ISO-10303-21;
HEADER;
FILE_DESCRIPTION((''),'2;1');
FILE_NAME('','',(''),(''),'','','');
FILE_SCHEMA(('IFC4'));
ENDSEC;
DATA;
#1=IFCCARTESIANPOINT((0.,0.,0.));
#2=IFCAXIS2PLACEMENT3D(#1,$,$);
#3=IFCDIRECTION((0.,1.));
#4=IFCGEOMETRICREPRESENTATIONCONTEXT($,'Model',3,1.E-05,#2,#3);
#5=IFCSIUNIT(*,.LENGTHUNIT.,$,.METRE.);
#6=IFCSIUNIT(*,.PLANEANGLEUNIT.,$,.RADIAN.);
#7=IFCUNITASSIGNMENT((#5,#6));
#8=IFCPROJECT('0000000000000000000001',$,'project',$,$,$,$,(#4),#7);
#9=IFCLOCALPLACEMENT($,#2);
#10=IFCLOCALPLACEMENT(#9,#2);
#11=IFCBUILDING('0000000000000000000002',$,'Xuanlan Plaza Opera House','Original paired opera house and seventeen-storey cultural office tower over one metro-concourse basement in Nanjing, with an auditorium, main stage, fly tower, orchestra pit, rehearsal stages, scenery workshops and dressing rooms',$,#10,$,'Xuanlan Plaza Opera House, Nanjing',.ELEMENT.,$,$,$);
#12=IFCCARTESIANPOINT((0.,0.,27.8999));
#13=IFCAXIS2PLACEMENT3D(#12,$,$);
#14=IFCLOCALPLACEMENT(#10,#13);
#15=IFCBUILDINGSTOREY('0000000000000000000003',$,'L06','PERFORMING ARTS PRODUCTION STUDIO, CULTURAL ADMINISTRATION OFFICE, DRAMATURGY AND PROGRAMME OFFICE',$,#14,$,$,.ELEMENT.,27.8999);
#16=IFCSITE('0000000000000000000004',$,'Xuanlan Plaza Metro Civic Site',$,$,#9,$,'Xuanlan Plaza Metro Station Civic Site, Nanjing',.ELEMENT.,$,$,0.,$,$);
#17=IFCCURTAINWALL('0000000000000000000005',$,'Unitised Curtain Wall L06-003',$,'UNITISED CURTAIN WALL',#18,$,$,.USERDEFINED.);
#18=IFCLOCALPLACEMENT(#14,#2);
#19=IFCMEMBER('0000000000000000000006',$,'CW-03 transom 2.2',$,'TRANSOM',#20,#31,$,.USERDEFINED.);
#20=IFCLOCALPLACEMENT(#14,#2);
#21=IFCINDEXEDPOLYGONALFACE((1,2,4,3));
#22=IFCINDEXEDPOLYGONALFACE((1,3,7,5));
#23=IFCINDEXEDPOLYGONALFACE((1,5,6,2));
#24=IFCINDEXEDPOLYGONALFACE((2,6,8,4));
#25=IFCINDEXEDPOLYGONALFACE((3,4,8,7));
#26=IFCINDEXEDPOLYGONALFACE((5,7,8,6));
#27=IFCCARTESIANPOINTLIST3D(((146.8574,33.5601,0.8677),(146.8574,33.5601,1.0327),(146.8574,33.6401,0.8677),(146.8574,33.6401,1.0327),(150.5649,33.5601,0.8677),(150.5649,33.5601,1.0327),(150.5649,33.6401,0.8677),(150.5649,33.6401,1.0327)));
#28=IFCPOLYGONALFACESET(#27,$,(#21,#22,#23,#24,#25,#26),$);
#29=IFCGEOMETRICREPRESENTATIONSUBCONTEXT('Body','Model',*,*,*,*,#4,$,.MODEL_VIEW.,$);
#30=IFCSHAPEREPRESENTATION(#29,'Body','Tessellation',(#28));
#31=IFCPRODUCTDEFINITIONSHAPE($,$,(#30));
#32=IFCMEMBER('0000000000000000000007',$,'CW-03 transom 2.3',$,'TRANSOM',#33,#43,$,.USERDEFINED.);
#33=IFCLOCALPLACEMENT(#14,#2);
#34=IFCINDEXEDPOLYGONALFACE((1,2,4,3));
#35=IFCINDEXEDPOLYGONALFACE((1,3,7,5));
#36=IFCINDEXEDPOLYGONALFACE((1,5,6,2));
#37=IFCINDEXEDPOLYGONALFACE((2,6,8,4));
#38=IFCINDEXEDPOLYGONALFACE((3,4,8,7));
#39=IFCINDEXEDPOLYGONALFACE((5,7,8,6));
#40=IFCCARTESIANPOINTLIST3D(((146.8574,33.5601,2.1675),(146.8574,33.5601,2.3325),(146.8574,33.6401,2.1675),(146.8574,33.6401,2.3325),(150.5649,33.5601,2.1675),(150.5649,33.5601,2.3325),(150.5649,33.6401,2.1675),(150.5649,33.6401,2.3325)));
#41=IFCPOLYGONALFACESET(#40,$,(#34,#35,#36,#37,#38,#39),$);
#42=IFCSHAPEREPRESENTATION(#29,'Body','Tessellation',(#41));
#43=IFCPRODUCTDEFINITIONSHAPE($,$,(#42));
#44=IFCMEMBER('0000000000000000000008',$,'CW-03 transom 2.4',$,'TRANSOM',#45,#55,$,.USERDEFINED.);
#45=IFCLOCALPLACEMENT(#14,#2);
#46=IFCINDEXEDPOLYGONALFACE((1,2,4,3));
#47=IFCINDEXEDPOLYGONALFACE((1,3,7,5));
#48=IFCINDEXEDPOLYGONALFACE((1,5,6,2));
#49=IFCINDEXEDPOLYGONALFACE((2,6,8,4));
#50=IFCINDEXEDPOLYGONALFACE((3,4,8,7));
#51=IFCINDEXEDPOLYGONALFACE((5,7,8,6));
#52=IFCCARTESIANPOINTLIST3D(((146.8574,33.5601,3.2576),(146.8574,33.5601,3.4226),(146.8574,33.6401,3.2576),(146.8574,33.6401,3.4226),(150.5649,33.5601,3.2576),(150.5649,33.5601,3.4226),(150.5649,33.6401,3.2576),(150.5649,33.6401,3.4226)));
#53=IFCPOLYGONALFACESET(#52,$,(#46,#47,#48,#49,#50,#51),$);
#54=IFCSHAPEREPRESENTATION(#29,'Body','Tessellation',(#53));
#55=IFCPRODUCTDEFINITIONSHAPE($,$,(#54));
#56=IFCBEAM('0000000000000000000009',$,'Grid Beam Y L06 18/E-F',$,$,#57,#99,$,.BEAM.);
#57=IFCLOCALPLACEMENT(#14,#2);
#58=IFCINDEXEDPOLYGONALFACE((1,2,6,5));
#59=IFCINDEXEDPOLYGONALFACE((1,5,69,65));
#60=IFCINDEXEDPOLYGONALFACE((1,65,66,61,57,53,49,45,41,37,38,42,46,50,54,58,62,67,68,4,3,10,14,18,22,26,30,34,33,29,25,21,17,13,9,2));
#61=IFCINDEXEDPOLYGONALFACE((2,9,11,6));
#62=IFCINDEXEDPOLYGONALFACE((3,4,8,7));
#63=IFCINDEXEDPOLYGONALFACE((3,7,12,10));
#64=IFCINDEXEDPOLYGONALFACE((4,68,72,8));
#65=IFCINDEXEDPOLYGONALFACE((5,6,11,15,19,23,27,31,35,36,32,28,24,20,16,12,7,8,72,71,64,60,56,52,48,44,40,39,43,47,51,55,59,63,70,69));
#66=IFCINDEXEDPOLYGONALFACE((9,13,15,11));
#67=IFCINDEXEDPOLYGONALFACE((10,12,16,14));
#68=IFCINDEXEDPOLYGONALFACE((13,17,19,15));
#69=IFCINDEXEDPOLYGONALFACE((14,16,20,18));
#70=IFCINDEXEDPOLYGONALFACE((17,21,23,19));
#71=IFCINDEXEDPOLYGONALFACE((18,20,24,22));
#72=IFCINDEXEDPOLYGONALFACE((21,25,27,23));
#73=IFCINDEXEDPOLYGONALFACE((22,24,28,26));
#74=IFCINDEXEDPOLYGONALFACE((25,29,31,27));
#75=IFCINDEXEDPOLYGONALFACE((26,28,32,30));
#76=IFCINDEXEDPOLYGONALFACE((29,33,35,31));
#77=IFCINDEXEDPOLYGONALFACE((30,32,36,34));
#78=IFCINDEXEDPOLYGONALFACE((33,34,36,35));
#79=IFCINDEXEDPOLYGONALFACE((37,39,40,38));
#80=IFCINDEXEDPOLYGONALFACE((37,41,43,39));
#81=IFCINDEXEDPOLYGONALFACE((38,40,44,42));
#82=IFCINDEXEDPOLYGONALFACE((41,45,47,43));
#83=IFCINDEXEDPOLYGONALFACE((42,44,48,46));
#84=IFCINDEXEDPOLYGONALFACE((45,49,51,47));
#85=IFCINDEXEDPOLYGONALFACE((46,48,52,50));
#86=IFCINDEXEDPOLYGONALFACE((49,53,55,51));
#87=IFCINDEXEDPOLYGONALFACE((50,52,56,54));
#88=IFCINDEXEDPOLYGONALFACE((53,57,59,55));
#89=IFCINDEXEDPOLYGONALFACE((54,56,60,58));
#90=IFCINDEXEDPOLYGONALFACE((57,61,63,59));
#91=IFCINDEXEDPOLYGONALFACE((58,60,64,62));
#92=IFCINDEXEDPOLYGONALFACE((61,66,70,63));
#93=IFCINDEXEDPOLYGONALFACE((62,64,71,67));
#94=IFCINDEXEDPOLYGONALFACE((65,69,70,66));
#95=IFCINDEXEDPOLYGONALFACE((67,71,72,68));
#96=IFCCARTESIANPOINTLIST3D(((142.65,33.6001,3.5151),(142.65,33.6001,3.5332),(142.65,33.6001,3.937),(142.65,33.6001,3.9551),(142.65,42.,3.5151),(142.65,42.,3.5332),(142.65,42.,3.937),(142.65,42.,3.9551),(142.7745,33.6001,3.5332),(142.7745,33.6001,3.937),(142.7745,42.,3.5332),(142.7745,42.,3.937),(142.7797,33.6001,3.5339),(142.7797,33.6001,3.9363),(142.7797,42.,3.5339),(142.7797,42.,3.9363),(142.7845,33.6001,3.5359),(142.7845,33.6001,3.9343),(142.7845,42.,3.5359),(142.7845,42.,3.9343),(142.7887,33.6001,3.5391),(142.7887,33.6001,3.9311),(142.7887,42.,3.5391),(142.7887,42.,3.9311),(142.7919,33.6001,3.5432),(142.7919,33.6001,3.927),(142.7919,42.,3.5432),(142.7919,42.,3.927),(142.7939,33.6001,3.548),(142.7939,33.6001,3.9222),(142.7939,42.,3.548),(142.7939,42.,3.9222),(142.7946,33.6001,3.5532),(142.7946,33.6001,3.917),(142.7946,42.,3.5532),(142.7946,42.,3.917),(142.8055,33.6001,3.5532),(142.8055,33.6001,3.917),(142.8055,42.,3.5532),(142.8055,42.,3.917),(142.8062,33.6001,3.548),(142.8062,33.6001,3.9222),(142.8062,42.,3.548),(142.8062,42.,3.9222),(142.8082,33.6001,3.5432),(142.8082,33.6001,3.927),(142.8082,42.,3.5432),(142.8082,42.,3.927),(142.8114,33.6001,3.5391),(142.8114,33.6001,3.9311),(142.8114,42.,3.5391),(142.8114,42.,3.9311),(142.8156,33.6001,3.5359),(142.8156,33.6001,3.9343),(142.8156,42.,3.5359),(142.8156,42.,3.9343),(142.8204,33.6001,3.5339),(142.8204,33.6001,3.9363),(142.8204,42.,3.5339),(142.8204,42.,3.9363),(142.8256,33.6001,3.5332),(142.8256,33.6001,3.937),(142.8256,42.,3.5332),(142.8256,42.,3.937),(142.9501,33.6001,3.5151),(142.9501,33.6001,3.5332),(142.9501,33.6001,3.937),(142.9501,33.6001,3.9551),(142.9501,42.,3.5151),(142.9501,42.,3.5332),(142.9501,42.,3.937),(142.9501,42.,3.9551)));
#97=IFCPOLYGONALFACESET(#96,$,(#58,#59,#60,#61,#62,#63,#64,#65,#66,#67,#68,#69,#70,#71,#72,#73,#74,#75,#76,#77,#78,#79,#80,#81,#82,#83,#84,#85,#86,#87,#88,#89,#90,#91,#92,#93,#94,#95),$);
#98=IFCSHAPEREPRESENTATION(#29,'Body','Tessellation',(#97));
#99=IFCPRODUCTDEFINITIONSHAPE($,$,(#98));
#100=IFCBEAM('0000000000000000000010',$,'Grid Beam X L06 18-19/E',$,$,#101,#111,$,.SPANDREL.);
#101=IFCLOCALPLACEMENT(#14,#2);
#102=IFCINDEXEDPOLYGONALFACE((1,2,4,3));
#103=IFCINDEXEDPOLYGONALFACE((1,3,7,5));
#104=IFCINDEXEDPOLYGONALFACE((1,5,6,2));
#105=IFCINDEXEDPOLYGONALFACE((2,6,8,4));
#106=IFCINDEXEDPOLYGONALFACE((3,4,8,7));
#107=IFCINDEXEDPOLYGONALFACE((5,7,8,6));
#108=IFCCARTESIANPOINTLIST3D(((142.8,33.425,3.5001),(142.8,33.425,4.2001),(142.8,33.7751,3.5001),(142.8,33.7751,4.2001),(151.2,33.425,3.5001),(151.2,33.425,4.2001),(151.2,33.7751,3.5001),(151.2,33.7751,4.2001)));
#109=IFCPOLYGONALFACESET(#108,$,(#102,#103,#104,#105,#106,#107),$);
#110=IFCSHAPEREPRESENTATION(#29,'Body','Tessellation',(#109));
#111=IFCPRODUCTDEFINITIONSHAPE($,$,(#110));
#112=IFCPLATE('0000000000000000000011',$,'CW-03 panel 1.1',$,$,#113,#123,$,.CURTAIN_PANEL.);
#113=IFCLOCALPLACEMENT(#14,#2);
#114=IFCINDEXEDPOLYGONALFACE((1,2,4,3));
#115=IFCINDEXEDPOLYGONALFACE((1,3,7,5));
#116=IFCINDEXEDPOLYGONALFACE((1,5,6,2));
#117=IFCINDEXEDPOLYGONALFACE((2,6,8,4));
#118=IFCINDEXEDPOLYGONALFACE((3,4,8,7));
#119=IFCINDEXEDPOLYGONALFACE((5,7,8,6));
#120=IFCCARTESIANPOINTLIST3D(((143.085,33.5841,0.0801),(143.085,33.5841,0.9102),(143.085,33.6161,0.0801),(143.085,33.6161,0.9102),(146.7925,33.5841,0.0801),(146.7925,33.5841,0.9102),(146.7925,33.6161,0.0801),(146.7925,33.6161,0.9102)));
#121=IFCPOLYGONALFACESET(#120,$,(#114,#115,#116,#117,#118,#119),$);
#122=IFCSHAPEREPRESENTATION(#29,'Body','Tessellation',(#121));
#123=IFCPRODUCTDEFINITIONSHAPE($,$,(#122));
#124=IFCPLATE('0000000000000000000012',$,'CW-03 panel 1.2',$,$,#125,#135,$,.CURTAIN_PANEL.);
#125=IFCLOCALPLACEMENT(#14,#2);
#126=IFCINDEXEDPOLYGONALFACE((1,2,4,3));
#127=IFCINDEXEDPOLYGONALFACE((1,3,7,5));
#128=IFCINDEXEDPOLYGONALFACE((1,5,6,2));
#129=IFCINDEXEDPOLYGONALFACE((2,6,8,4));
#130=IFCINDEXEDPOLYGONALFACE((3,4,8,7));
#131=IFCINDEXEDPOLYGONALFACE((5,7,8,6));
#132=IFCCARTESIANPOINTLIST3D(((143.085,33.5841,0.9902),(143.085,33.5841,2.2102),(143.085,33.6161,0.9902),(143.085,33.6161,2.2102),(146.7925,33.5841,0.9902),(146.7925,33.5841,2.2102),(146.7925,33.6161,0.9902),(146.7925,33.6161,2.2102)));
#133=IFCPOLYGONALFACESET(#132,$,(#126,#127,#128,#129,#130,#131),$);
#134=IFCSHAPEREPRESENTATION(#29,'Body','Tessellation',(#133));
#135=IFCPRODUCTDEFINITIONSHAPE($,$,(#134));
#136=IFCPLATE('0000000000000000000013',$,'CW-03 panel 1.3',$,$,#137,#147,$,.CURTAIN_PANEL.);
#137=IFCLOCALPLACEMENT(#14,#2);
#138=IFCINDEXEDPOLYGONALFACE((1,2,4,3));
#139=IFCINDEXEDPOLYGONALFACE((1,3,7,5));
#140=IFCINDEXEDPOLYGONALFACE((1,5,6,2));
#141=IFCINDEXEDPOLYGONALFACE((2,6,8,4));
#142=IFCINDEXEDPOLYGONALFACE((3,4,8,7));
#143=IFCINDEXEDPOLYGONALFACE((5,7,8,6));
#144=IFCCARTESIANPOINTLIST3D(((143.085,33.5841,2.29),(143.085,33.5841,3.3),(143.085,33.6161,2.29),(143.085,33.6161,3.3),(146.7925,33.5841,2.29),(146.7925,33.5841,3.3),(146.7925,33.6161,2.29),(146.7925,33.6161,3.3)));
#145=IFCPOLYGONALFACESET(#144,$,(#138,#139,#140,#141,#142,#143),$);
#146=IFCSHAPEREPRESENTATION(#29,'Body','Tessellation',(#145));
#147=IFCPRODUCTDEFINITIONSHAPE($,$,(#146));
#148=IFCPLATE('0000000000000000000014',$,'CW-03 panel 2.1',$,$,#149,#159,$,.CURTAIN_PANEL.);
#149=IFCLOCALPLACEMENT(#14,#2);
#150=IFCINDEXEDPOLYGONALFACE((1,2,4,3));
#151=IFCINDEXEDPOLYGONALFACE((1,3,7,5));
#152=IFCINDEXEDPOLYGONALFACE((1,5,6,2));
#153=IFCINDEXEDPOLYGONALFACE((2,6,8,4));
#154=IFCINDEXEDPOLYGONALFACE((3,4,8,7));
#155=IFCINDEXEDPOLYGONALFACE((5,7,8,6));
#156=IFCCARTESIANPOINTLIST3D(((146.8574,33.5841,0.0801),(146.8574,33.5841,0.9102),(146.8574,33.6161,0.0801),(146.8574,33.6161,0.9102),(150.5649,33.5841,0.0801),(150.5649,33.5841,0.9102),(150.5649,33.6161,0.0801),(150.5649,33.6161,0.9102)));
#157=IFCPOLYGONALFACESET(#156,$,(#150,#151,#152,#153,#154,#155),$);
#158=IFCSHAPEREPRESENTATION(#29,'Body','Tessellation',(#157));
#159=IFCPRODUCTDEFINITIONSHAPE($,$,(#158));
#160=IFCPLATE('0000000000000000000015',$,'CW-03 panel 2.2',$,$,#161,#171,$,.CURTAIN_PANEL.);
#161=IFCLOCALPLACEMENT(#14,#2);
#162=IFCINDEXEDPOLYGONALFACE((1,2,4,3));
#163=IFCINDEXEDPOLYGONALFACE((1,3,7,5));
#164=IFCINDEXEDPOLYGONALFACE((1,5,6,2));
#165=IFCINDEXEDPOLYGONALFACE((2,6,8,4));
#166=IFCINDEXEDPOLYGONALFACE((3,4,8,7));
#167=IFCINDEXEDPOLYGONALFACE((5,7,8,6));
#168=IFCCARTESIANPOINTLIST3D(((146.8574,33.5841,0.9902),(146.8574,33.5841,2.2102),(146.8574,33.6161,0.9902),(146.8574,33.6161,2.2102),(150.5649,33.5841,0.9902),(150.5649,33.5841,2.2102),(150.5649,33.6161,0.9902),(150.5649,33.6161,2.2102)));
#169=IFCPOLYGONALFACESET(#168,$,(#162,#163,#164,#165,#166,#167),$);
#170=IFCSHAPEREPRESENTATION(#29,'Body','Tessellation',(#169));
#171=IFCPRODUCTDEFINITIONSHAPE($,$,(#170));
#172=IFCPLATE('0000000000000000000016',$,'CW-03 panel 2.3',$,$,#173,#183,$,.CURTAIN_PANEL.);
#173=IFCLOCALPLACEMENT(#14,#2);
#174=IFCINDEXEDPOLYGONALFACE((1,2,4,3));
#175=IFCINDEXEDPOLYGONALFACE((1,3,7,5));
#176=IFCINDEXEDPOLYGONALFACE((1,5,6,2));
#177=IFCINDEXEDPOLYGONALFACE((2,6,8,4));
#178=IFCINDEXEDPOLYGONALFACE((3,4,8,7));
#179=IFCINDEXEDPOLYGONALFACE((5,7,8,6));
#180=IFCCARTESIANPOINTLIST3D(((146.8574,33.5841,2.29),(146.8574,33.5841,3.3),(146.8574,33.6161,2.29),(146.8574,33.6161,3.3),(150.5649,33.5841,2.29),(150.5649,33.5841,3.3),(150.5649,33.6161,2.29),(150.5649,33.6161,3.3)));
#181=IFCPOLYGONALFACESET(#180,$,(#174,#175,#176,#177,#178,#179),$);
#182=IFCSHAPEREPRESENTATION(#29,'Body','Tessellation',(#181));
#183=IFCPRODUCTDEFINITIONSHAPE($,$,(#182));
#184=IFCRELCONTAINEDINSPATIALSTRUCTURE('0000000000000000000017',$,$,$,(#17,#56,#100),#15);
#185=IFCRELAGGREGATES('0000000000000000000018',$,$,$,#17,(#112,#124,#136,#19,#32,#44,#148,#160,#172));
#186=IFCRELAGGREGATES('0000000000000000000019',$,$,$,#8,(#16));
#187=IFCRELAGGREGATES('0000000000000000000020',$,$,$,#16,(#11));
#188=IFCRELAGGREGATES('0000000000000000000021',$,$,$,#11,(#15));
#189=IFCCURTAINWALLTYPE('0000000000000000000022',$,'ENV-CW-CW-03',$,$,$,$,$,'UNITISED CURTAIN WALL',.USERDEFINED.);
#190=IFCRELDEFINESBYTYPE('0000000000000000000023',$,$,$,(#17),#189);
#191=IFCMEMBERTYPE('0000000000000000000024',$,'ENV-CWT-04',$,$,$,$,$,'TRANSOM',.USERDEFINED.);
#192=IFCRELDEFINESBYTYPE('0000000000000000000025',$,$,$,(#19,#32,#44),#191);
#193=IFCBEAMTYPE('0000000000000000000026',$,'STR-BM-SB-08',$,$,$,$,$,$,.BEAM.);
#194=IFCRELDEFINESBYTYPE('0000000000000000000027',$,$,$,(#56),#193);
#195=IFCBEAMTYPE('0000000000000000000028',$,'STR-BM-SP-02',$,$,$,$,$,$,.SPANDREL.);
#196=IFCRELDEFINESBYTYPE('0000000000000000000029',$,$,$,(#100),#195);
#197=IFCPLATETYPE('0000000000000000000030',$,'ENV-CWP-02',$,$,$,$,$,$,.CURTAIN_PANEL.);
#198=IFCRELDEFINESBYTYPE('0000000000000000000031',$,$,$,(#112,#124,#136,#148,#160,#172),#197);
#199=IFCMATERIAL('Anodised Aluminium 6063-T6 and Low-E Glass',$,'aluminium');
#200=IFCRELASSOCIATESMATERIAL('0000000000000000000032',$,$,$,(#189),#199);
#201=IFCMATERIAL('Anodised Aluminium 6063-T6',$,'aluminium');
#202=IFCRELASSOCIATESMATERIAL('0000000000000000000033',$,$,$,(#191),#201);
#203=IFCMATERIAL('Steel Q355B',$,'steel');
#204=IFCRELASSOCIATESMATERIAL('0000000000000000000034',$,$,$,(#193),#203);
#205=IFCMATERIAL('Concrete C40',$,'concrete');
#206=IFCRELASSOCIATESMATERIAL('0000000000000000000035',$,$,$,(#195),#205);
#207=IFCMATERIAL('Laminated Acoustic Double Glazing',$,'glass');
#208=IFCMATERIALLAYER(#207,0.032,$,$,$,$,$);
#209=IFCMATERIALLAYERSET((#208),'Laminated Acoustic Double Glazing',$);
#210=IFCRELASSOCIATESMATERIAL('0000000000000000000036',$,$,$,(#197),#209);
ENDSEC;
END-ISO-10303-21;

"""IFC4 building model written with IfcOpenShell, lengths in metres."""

from ifc_helpers import new_model, si_unit, direction, frame, origin, origin_2d, place, context, subcontext, project, spatial, rectangle, i_section, extrude, material, layer, layer_set, material_profile, profile_set, type_object, element, aggregate, save


model = new_model("IFC4")

# Units and contexts
model_context = context("Model", 3, precision=1e-05, world=origin(), true_north=direction((0.0, 1.0)))
body_context = subcontext(model_context, "Body", "Model", "MODEL_VIEW")
ifc_project = project(units=[si_unit("LENGTHUNIT", "METRE"), si_unit("PLANEANGLEUNIT", "RADIAN")], contexts=[model_context])

# Site, building, storey
site_placement = place(None, origin())
site = spatial("IfcSite", under=ifc_project, at=site_placement, Name="Xuanlan Plaza Metro Civic Site", LongName="Xuanlan Plaza Metro Station Civic Site, Nanjing", CompositionType="ELEMENT", RefElevation=0.0)
building_placement = place(site_placement, origin())
building = spatial("IfcBuilding", under=site, at=building_placement, Name="Xuanlan Plaza Opera House", Description="Original paired opera house and seventeen-storey cultural office tower over one metro-concourse basement in Nanjing, with an auditorium, main stage, fly tower, orchestra pit, rehearsal stages, scenery workshops and dressing rooms", LongName="Xuanlan Plaza Opera House, Nanjing", CompositionType="ELEMENT")
storey_placement = place(building_placement, frame((0.0, 0.0, 27.8999)))
storey = spatial("IfcBuildingStorey", under=building, at=storey_placement, Name="L06", Description="PERFORMING ARTS PRODUCTION STUDIO, CULTURAL ADMINISTRATION OFFICE, DRAMATURGY AND PROGRAMME OFFICE", CompositionType="ELEMENT", Elevation=27.8999)

# Shared definitions
ifc_material_1 = material(Name="Steel Q355B", Category="steel")

# Curtain wall
ifc_material_2 = material(Name="Anodised Aluminium 6063-T6 and Low-E Glass", Category="aluminium")
curtain_wall_type_1 = type_object("IfcCurtainWallType", Name="ENV-CW-CW-03", ElementType="UNITISED CURTAIN WALL", PredefinedType="USERDEFINED", material=ifc_material_2)
curtain_wall_1_placement = place(storey_placement, origin())
curtain_wall_1 = element("IfcCurtainWall", 1, at=curtain_wall_1_placement, inside=storey, type_object=curtain_wall_type_1, Name="Unitised Curtain Wall L06-003", ObjectType="UNITISED CURTAIN WALL", PredefinedType="USERDEFINED")
ifc_material_3 = material(Name="Anodised Aluminium 6063-T6", Category="aluminium")

# Members
ifc_material_profile_1 = material_profile(ifc_material_3, rectangle(XDim=0.0801, YDim=0.165, at=origin_2d()), Name="ALU-T 80x165")
ifc_profile_set_1 = profile_set([ifc_material_profile_1], Name="Anodised Aluminium 6063-T6")
member_type_1 = type_object("IfcMemberType", Name="ENV-CWT-04", ElementType="TRANSOM", PredefinedType="USERDEFINED", material=ifc_profile_set_1)
member_1_placement = place(storey_placement, frame((146.8574, 33.6001, 0.9502), z_axis=(1.0, 0.0, 0.0), x_axis=(0.0, 1.0, 0.0)))
member_1 = element("IfcMember", 2, at=member_1_placement, type_object=member_type_1, Name="CW-03 transom 2.2", ObjectType="TRANSOM", PredefinedType="USERDEFINED", context=body_context, shape_type="SweptSolid", body=[
    extrude(rectangle(XDim=0.0801, YDim=0.165, at=origin_2d()), origin(), (0.0, 0.0, 1.0), 3.7075),
])
member_2_placement = place(storey_placement, frame((146.8574, 33.6001, 2.25), z_axis=(1.0, 0.0, 0.0), x_axis=(0.0, 1.0, 0.0)))
member_2 = element("IfcMember", 3, at=member_2_placement, type_object=member_type_1, Name="CW-03 transom 2.3", ObjectType="TRANSOM", PredefinedType="USERDEFINED", context=body_context, shape_type="SweptSolid", body=[
    extrude(rectangle(XDim=0.0801, YDim=0.165, at=origin_2d()), origin(), (0.0, 0.0, 1.0), 3.7075),
])
member_3_placement = place(storey_placement, frame((146.8574, 33.6001, 3.3401), z_axis=(1.0, 0.0, 0.0), x_axis=(0.0, 1.0, 0.0)))
member_3 = element("IfcMember", 4, at=member_3_placement, type_object=member_type_1, Name="CW-03 transom 2.4", ObjectType="TRANSOM", PredefinedType="USERDEFINED", context=body_context, shape_type="SweptSolid", body=[
    extrude(rectangle(XDim=0.0801, YDim=0.165, at=origin_2d()), origin(), (0.0, 0.0, 1.0), 3.7075),
])

# Beams
ifc_material_profile_2 = material_profile(ifc_material_1, i_section(OverallWidth=0.3, OverallDepth=0.4399, WebThickness=0.011, FlangeThickness=0.0181, FilletRadius=0.02, at=origin_2d()), Name="HM 440x300x11x18")
ifc_profile_set_2 = profile_set([ifc_material_profile_2], Name="Steel Q355B")
beam_type_1 = type_object("IfcBeamType", Name="STR-BM-SB-08", PredefinedType="BEAM", material=ifc_profile_set_2)
beam_1_placement = place(storey_placement, frame((142.8, 33.6001, 3.7351), z_axis=(0.0, 1.0, 0.0), x_axis=(-1.0, 0.0, 0.0)))
element("IfcBeam", 5, at=beam_1_placement, inside=storey, type_object=beam_type_1, Name="Grid Beam Y L06 18/E-F", PredefinedType="BEAM", context=body_context, shape_type="SweptSolid", body=[
    extrude(i_section(OverallWidth=0.3, OverallDepth=0.4399, WebThickness=0.011, FlangeThickness=0.0181, FilletRadius=0.02, at=origin_2d()), origin(), (0.0, 0.0, 1.0), 8.3999),
])
ifc_material_4 = material(Name="Concrete C40", Category="concrete")
ifc_material_profile_3 = material_profile(ifc_material_4, rectangle(XDim=0.3501, YDim=0.7, at=origin_2d()), Name="RC-SPD 350x700")
ifc_profile_set_3 = profile_set([ifc_material_profile_3], Name="Concrete C40")
beam_type_2 = type_object("IfcBeamType", Name="STR-BM-SP-02", PredefinedType="SPANDREL", material=ifc_profile_set_3)
beam_2_placement = place(storey_placement, frame((142.8, 33.6001, 3.8501), z_axis=(1.0, 0.0, 0.0), x_axis=(0.0, 1.0, 0.0)))
element("IfcBeam", 6, at=beam_2_placement, inside=storey, type_object=beam_type_2, Name="Grid Beam X L06 18-19/E", PredefinedType="SPANDREL", context=body_context, shape_type="SweptSolid", body=[
    extrude(rectangle(XDim=0.3501, YDim=0.7, at=origin_2d()), origin(), (0.0, 0.0, 1.0), 8.3999),
])

# Plates
ifc_material_5 = material(Name="Laminated Acoustic Double Glazing", Category="glass")
ifc_layer_1 = layer(ifc_material_5, 0.032)
ifc_layer_set_1 = layer_set([ifc_layer_1], Name="Laminated Acoustic Double Glazing")
plate_type_1 = type_object("IfcPlateType", Name="ENV-CWP-02", PredefinedType="CURTAIN_PANEL", material=ifc_layer_set_1)
plate_1_placement = place(storey_placement, frame((144.9387, 33.6001, 0.0801), z_axis=(0.0, 0.0, 1.0), x_axis=(1.0, 0.0, 0.0)))
plate_1 = element("IfcPlate", 7, at=plate_1_placement, type_object=plate_type_1, Name="CW-03 panel 1.1", PredefinedType="CURTAIN_PANEL", context=body_context, shape_type="SweptSolid", body=[
    extrude(rectangle(XDim=3.7075, YDim=0.032, at=origin_2d()), origin(), (0.0, 0.0, 1.0), 0.8301),
])
plate_2_placement = place(storey_placement, frame((144.9387, 33.6001, 0.9902), z_axis=(0.0, 0.0, 1.0), x_axis=(1.0, 0.0, 0.0)))
plate_2 = element("IfcPlate", 8, at=plate_2_placement, type_object=plate_type_1, Name="CW-03 panel 1.2", PredefinedType="CURTAIN_PANEL", context=body_context, shape_type="SweptSolid", body=[
    extrude(rectangle(XDim=3.7075, YDim=0.032, at=origin_2d()), origin(), (0.0, 0.0, 1.0), 1.22),
])
plate_3_placement = place(storey_placement, frame((144.9387, 33.6001, 2.29), z_axis=(0.0, 0.0, 1.0), x_axis=(1.0, 0.0, 0.0)))
plate_3 = element("IfcPlate", 9, at=plate_3_placement, type_object=plate_type_1, Name="CW-03 panel 1.3", PredefinedType="CURTAIN_PANEL", context=body_context, shape_type="SweptSolid", body=[
    extrude(rectangle(XDim=3.7075, YDim=0.032, at=origin_2d()), origin(), (0.0, 0.0, 1.0), 1.01),
])
plate_4_placement = place(storey_placement, frame((148.7112, 33.6001, 0.0801), z_axis=(0.0, 0.0, 1.0), x_axis=(1.0, 0.0, 0.0)))
plate_4 = element("IfcPlate", 10, at=plate_4_placement, type_object=plate_type_1, Name="CW-03 panel 2.1", PredefinedType="CURTAIN_PANEL", context=body_context, shape_type="SweptSolid", body=[
    extrude(rectangle(XDim=3.7075, YDim=0.032, at=origin_2d()), origin(), (0.0, 0.0, 1.0), 0.8301),
])
plate_5_placement = place(storey_placement, frame((148.7112, 33.6001, 0.9902), z_axis=(0.0, 0.0, 1.0), x_axis=(1.0, 0.0, 0.0)))
plate_5 = element("IfcPlate", 11, at=plate_5_placement, type_object=plate_type_1, Name="CW-03 panel 2.2", PredefinedType="CURTAIN_PANEL", context=body_context, shape_type="SweptSolid", body=[
    extrude(rectangle(XDim=3.7075, YDim=0.032, at=origin_2d()), origin(), (0.0, 0.0, 1.0), 1.22),
])
plate_6_placement = place(storey_placement, frame((148.7112, 33.6001, 2.29), z_axis=(0.0, 0.0, 1.0), x_axis=(1.0, 0.0, 0.0)))
plate_6 = element("IfcPlate", 12, at=plate_6_placement, type_object=plate_type_1, Name="CW-03 panel 2.3", PredefinedType="CURTAIN_PANEL", context=body_context, shape_type="SweptSolid", body=[
    extrude(rectangle(XDim=3.7075, YDim=0.032, at=origin_2d()), origin(), (0.0, 0.0, 1.0), 1.01),
])
aggregate(curtain_wall_1, [plate_1, plate_2, plate_3, member_1, member_2, member_3, plate_4, plate_5, plate_6])

save(model, "model.ifc")
